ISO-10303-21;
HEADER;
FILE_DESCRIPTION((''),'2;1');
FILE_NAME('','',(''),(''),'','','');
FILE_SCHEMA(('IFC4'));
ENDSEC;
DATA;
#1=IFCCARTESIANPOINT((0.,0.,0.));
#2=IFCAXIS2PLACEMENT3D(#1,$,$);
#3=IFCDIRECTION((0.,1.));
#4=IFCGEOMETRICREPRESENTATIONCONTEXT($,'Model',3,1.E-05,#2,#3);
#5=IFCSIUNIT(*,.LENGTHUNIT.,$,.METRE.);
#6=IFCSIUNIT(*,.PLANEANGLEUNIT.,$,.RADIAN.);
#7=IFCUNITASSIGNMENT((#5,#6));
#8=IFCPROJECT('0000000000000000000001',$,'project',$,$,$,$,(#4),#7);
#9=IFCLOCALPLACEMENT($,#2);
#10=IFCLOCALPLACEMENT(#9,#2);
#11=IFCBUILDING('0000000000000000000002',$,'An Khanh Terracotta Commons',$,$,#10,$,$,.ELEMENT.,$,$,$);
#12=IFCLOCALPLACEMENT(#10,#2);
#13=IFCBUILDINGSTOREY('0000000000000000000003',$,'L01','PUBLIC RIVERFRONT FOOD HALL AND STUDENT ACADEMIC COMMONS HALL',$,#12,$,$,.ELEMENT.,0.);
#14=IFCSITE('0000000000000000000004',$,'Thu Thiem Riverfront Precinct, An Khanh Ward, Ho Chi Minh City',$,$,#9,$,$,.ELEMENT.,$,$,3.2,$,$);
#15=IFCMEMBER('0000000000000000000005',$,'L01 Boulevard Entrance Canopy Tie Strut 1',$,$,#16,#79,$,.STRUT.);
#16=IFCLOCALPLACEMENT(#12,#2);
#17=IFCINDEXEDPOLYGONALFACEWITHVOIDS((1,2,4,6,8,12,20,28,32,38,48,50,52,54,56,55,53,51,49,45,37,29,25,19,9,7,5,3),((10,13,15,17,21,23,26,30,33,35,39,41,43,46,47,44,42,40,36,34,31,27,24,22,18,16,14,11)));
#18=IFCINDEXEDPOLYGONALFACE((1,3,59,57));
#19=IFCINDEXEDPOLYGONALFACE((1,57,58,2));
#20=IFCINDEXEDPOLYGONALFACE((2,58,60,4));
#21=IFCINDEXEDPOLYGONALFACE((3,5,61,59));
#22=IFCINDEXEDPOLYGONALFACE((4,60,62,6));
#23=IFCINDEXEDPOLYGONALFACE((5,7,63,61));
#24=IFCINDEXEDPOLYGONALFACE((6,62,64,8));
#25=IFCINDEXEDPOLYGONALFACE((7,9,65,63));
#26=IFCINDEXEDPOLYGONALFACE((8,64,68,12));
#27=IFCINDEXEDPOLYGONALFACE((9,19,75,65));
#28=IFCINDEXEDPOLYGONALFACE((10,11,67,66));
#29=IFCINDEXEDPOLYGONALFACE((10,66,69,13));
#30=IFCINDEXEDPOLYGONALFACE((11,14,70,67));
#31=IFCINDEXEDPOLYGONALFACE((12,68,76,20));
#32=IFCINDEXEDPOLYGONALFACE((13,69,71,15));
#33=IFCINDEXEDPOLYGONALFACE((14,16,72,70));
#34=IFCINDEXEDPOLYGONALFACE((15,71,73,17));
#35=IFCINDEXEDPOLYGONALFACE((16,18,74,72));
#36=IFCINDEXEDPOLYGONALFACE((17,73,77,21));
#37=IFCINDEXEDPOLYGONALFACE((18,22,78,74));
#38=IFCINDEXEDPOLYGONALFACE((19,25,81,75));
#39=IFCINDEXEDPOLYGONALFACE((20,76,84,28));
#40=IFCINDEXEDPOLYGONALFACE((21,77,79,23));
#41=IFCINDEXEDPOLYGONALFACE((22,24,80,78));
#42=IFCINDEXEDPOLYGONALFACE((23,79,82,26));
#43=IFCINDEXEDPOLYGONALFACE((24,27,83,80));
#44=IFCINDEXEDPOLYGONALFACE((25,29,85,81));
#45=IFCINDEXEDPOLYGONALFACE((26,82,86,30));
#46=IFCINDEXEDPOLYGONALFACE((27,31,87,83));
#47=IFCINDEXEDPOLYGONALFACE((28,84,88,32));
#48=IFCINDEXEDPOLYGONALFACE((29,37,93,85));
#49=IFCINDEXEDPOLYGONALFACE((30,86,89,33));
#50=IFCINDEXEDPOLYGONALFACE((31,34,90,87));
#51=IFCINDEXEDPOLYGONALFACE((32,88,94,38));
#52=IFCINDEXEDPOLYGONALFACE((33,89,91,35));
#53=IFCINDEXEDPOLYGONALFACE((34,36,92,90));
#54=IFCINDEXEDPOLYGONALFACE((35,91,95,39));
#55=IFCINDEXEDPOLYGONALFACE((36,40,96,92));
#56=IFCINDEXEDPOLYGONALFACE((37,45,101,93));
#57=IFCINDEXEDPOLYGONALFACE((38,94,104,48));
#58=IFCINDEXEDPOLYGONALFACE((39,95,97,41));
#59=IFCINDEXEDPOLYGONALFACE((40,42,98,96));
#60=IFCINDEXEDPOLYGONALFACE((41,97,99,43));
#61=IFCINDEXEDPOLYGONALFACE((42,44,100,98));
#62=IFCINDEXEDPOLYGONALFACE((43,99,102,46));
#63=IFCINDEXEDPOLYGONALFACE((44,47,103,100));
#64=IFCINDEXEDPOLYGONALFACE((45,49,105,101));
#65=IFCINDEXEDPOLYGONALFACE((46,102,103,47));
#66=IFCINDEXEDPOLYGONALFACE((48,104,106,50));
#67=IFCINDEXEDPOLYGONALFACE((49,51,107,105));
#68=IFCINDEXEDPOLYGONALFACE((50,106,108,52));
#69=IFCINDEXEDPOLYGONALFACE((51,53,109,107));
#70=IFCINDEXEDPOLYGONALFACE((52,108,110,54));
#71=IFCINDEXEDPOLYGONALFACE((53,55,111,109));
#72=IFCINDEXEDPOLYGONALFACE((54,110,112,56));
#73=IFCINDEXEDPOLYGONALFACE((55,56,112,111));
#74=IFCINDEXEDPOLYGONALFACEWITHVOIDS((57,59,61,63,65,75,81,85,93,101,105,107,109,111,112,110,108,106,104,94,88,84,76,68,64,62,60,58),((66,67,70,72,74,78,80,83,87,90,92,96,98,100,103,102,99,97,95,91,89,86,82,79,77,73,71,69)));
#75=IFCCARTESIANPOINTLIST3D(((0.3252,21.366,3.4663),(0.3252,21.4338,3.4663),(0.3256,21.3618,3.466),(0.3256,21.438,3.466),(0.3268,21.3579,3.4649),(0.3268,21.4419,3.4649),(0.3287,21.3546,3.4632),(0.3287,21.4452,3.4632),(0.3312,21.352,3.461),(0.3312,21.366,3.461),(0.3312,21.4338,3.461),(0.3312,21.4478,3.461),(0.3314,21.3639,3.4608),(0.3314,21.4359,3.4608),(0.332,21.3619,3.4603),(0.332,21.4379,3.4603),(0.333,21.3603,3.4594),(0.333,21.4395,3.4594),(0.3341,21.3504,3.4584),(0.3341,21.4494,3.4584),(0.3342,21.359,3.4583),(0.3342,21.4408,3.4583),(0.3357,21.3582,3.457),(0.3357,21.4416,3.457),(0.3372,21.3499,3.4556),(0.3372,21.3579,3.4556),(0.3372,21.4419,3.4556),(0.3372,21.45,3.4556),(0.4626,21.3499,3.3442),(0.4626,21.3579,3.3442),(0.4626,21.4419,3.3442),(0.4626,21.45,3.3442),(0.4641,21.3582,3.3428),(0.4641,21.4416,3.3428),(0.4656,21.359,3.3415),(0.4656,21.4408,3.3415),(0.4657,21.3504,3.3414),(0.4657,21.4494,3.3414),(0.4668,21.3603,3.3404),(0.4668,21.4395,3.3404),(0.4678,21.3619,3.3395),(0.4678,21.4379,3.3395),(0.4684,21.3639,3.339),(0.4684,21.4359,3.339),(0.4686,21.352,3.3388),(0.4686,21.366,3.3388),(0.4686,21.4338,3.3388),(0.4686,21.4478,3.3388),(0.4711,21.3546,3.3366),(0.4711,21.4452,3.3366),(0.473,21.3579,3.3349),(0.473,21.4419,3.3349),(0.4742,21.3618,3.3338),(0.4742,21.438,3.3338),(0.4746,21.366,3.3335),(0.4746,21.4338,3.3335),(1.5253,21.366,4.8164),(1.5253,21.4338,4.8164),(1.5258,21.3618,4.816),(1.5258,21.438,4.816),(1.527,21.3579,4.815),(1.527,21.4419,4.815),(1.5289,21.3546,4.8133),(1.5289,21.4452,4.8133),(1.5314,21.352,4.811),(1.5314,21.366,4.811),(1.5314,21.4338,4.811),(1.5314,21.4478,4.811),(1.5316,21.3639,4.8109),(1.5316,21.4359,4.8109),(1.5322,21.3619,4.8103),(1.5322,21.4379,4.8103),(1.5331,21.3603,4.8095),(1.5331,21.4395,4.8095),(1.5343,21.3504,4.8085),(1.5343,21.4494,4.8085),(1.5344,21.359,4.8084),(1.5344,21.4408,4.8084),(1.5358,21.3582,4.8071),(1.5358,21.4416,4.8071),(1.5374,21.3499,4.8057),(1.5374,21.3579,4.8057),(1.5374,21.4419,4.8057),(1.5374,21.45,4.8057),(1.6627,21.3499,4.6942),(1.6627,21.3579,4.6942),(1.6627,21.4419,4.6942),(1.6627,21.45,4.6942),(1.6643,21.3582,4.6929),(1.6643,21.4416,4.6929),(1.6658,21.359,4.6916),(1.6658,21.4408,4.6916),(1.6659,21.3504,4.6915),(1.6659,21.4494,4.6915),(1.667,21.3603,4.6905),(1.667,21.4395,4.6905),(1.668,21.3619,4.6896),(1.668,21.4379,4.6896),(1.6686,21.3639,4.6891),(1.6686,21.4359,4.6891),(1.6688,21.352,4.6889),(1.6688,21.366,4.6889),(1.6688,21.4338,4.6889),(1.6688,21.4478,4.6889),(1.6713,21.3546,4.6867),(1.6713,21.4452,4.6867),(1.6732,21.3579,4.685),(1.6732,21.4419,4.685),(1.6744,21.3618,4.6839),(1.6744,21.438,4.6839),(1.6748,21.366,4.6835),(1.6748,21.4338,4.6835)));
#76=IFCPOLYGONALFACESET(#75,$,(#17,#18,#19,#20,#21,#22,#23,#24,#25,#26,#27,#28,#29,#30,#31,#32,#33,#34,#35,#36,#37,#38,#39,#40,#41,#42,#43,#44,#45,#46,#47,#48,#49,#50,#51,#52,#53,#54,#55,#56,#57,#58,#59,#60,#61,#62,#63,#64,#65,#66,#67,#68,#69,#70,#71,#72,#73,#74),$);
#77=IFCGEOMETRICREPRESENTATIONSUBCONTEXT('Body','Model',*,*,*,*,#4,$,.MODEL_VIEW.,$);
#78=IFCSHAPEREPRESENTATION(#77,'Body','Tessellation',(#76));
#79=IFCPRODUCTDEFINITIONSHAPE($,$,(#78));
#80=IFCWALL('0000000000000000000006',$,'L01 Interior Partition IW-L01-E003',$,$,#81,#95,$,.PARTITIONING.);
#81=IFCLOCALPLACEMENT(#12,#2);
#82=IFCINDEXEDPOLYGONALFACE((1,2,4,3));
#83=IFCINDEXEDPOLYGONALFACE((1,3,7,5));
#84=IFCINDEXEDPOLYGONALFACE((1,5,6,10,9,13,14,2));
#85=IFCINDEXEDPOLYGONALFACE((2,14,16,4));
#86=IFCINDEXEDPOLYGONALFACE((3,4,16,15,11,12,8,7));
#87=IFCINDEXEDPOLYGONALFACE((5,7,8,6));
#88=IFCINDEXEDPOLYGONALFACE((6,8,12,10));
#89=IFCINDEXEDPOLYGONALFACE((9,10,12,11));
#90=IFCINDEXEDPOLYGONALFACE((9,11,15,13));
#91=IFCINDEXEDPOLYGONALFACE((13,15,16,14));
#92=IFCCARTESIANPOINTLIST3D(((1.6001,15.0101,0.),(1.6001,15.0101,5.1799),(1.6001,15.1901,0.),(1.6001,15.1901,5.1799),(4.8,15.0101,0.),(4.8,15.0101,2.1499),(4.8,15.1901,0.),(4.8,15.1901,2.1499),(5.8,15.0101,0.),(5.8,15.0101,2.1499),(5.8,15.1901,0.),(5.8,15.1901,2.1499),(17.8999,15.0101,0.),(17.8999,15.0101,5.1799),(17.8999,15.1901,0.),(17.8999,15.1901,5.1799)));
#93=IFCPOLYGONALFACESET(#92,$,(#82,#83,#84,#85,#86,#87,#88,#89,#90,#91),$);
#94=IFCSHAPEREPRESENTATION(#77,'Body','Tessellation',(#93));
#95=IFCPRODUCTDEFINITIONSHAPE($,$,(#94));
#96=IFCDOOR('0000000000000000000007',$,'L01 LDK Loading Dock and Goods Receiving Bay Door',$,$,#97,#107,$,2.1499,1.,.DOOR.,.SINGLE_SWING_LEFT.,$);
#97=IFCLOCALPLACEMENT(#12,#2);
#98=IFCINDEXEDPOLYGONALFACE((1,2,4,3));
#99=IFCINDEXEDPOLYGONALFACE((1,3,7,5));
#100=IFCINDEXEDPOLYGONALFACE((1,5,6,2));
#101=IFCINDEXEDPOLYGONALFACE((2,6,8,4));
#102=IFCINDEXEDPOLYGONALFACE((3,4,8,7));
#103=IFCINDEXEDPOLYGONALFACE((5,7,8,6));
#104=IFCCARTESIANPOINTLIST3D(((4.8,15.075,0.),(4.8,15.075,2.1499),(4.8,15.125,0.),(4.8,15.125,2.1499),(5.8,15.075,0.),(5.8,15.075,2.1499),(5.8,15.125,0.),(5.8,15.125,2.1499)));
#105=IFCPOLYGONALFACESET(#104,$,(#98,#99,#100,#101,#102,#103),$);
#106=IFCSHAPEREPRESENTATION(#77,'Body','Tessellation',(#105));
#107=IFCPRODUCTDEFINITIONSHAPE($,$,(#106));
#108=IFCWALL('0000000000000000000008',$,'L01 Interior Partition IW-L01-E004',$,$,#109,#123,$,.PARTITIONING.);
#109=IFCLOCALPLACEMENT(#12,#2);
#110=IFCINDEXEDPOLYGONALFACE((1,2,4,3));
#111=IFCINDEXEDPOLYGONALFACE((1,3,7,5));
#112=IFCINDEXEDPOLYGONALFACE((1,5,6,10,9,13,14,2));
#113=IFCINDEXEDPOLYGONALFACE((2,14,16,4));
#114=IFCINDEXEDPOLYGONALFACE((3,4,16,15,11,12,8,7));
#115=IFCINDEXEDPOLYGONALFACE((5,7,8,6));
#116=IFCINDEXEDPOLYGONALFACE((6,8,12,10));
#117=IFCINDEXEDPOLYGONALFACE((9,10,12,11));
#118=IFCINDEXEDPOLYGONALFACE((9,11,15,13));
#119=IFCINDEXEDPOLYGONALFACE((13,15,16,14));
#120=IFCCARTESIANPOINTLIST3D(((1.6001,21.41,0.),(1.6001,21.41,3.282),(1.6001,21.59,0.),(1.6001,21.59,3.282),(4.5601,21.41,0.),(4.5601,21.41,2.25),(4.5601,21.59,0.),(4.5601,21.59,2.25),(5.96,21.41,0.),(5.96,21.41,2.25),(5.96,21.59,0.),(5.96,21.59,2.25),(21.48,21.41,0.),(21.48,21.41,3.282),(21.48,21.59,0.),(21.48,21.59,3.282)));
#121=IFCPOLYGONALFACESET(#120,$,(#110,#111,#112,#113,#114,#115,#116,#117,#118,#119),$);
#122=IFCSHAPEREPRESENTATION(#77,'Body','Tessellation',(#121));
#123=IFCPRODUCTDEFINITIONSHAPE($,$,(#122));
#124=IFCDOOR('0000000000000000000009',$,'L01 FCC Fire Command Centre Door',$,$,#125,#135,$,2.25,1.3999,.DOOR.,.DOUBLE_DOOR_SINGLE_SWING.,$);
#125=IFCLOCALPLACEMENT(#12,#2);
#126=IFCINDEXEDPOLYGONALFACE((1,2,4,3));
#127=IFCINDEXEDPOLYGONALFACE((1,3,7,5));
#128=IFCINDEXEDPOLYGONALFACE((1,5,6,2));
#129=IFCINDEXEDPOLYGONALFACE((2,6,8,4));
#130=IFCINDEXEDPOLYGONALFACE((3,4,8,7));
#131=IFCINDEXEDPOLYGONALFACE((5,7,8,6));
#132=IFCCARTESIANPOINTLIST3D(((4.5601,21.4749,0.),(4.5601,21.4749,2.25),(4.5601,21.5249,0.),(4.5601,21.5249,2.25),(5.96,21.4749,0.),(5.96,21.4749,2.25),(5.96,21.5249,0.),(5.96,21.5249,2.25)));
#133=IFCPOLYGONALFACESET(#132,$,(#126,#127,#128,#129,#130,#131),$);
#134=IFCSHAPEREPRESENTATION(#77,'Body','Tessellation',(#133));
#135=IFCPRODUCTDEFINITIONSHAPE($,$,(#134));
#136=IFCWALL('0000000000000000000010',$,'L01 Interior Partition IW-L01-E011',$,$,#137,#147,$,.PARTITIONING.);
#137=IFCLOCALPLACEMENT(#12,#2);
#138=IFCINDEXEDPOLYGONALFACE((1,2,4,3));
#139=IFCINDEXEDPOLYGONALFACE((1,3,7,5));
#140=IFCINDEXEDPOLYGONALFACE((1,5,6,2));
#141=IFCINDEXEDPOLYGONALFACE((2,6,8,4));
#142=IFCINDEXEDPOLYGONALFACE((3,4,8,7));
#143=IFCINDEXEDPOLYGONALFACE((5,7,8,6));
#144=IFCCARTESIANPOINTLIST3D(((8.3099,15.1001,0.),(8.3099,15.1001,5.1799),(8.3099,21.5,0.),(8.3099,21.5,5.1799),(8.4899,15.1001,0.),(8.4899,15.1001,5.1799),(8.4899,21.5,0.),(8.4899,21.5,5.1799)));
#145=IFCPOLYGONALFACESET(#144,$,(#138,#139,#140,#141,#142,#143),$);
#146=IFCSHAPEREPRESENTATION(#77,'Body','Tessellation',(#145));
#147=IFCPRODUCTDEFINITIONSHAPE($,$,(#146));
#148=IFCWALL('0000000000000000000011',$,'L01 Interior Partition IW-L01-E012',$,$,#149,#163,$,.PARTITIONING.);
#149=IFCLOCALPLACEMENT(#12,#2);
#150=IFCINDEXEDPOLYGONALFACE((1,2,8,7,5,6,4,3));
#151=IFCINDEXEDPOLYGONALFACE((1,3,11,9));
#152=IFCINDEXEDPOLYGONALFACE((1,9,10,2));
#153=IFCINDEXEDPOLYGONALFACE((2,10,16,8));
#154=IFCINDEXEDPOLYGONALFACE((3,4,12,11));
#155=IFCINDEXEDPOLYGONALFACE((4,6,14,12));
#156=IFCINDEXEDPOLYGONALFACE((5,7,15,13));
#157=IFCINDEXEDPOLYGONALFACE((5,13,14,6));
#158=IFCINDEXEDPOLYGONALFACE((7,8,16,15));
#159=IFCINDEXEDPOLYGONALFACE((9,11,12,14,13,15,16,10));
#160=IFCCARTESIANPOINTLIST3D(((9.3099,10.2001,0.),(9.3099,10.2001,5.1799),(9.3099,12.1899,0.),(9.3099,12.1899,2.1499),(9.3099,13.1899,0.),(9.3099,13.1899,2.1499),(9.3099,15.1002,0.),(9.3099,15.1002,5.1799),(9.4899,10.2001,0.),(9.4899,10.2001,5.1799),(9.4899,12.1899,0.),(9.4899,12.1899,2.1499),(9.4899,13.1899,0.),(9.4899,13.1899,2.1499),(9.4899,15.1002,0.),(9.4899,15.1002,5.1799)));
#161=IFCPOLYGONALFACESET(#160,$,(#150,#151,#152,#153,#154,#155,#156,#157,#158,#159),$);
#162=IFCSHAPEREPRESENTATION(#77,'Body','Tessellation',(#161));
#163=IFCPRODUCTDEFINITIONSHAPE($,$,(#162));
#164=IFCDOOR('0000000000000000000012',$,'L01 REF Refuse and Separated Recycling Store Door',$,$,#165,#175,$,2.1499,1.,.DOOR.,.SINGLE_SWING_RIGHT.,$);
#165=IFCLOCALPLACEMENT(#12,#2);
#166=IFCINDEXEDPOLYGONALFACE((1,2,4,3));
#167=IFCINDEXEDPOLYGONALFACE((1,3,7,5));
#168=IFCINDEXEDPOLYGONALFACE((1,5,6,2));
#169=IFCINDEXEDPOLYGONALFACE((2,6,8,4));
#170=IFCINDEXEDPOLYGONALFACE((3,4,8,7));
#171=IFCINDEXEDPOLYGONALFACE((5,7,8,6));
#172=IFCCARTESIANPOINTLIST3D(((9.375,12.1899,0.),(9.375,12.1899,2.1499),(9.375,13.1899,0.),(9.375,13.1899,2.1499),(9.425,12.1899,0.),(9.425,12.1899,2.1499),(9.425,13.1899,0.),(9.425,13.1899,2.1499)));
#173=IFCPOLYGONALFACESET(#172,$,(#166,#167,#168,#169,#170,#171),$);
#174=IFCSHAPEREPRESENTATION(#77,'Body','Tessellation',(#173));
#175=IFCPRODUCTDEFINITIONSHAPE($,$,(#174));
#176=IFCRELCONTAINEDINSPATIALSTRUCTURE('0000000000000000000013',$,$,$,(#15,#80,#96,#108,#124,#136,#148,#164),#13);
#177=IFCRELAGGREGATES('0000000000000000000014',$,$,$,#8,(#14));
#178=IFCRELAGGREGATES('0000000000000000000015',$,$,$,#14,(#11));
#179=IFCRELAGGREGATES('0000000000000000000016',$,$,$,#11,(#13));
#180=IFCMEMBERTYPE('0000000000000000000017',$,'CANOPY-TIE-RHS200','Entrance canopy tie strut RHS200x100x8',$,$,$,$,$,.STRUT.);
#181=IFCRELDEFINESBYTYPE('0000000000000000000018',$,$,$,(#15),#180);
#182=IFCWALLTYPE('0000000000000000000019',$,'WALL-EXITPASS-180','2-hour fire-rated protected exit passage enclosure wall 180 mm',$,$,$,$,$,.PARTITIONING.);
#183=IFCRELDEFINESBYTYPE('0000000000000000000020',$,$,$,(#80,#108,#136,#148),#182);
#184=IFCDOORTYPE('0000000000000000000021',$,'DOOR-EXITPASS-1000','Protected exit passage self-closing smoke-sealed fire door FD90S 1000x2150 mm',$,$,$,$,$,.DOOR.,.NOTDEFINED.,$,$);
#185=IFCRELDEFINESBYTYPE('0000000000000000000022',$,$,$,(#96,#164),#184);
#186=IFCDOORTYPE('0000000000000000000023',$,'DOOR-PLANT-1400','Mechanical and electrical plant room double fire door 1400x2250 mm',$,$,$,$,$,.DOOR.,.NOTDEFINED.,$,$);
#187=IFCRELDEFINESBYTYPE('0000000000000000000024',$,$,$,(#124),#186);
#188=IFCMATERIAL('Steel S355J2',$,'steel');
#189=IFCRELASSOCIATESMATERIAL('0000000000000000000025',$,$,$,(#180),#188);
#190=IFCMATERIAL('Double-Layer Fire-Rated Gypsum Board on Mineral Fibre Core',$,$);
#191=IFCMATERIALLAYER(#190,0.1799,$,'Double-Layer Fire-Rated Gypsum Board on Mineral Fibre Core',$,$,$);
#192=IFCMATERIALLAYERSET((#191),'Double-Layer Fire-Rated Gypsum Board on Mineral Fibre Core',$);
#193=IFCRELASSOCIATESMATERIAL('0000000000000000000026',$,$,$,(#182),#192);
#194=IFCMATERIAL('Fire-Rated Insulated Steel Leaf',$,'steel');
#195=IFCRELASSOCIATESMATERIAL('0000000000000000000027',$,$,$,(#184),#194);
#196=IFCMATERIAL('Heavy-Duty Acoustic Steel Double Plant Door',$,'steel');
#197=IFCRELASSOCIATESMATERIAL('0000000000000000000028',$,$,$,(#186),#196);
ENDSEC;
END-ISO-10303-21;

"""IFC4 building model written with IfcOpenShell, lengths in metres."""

from ifc_helpers import new_model, si_unit, direction, frame, frame_2d, origin, origin_2d, place, context, subcontext, project, spatial, rectangle, hollow_rectangle, extrude, material, layer, layer_set, material_profile, profile_set, type_object, element, fill, save


model = new_model("IFC4")

# Units and contexts
model_context = context("Model", 3, precision=1e-05, world=origin(), true_north=direction((0.0, 1.0)))
body_context = subcontext(model_context, "Body", "Model", "MODEL_VIEW")
ifc_project = project(units=[si_unit("LENGTHUNIT", "METRE"), si_unit("PLANEANGLEUNIT", "RADIAN")], contexts=[model_context])

# Site, building, storey
site_placement = place(None, origin())
site = spatial("IfcSite", under=ifc_project, at=site_placement, Name="Thu Thiem Riverfront Precinct, An Khanh Ward, Ho Chi Minh City", CompositionType="ELEMENT", RefElevation=3.2)
building_placement = place(site_placement, origin())
building = spatial("IfcBuilding", under=site, at=building_placement, Name="An Khanh Terracotta Commons", CompositionType="ELEMENT")
storey_placement = place(building_placement, origin())
storey = spatial("IfcBuildingStorey", under=building, at=storey_placement, Name="L01", Description="PUBLIC RIVERFRONT FOOD HALL AND STUDENT ACADEMIC COMMONS HALL", CompositionType="ELEMENT", Elevation=0.0)

# Shared definitions
ifc_material_1 = material(Name="Steel S355J2", Category="steel")

# Member
ifc_material_profile_1 = material_profile(ifc_material_1, hollow_rectangle(XDim=0.1001, YDim=0.2, WallThickness=0.0081, InnerFilletRadius=0.0081, OuterFilletRadius=0.0161, at=origin_2d()), Name="RHS200x100x8")
ifc_profile_set_1 = profile_set([ifc_material_profile_1], Name="Steel S355J2")
member_type = type_object("IfcMemberType", Name="CANOPY-TIE-RHS200", Description="Entrance canopy tie strut RHS200x100x8", PredefinedType="STRUT", material=ifc_profile_set_1)
member_placement = place(storey_placement, frame((0.3999, 21.3999, 3.3999), z_axis=(0.664397, 0.0, 0.747379), x_axis=(0.0, 1.0, 0.0)))
element("IfcMember", 1, at=member_placement, inside=storey, type_object=member_type, Name="L01 Boulevard Entrance Canopy Tie Strut 1", PredefinedType="STRUT", context=body_context, shape_type="SweptSolid", body=[
    extrude(hollow_rectangle(XDim=0.1001, YDim=0.2, WallThickness=0.0081, InnerFilletRadius=0.0081, OuterFilletRadius=0.0161, at=origin_2d()), origin(), (0.0, 0.0, 1.0), 1.8064),
])

# Walls, openings, doors
ifc_material_2 = material(Name="Double-Layer Fire-Rated Gypsum Board on Mineral Fibre Core")
ifc_layer_1 = layer(ifc_material_2, 0.1799, Name="Double-Layer Fire-Rated Gypsum Board on Mineral Fibre Core")
ifc_layer_set_1 = layer_set([ifc_layer_1], Name="Double-Layer Fire-Rated Gypsum Board on Mineral Fibre Core")
wall_type = type_object("IfcWallType", Name="WALL-EXITPASS-180", Description="2-hour fire-rated protected exit passage enclosure wall 180 mm", PredefinedType="PARTITIONING", material=ifc_layer_set_1)
wall_1_placement = place(storey_placement, frame((1.6001, 15.1001, 0.0), z_axis=(0.0, 0.0, 1.0), x_axis=(1.0, 0.0, 0.0)))
wall_1 = element("IfcWall", 2, at=wall_1_placement, inside=storey, type_object=wall_type, Name="L01 Interior Partition IW-L01-E003", PredefinedType="PARTITIONING", context=body_context, shape_type="SweptSolid", body=[
    extrude(rectangle(XDim=16.2998, YDim=0.1799, at=frame_2d((8.1499, 0.0))), origin(), (0.0, 0.0, 1.0), 5.1799),
])
opening_1_placement = place(wall_1_placement, frame((3.2, 0.0, 0.0)))
opening_1 = element("IfcOpeningElement", 3, at=opening_1_placement, cuts=wall_1, PredefinedType="OPENING", context=body_context, shape_type="SweptSolid", body=[
    extrude(rectangle(XDim=1.0, YDim=2.1499, at=frame_2d((0.5, 1.075))), frame((0.0, 0.0999, 0.0), z_axis=(0.0, -1.0, 0.0), x_axis=(1.0, 0.0, 0.0)), (0.0, 0.0, 1.0), 0.2),
])
ifc_material_3 = material(Name="Fire-Rated Insulated Steel Leaf", Category="steel")
door_type_1 = type_object("IfcDoorType", Name="DOOR-EXITPASS-1000", Description="Protected exit passage self-closing smoke-sealed fire door FD90S 1000x2150 mm", OperationType="NOTDEFINED", PredefinedType="DOOR", material=ifc_material_3)
door_1_placement = place(opening_1_placement, origin())
door_1 = element("IfcDoor", 4, at=door_1_placement, inside=storey, type_object=door_type_1, Name="L01 LDK Loading Dock and Goods Receiving Bay Door", OperationType="SINGLE_SWING_LEFT", OverallHeight=2.1499, OverallWidth=1.0, PredefinedType="DOOR", context=body_context, shape_type="SweptSolid", body=[
    extrude(rectangle(XDim=1.0, YDim=2.1499, at=frame_2d((0.5, 1.075))), frame((0.0, 0.0249, 0.0), z_axis=(0.0, -1.0, 0.0), x_axis=(1.0, 0.0, 0.0)), (0.0, 0.0, 1.0), 0.05),
])
fill(opening_1, door_1)
wall_2_placement = place(storey_placement, frame((1.6001, 21.5, 0.0), z_axis=(0.0, 0.0, 1.0), x_axis=(1.0, 0.0, 0.0)))
wall_2 = element("IfcWall", 5, at=wall_2_placement, inside=storey, type_object=wall_type, Name="L01 Interior Partition IW-L01-E004", PredefinedType="PARTITIONING", context=body_context, shape_type="SweptSolid", body=[
    extrude(rectangle(XDim=19.8799, YDim=0.1799, at=frame_2d((9.9399, 0.0))), origin(), (0.0, 0.0, 1.0), 3.282),
])
opening_2_placement = place(wall_2_placement, frame((2.96, 0.0, 0.0)))
opening_2 = element("IfcOpeningElement", 6, at=opening_2_placement, cuts=wall_2, PredefinedType="OPENING", context=body_context, shape_type="SweptSolid", body=[
    extrude(rectangle(XDim=1.3999, YDim=2.25, at=frame_2d((0.7, 1.125))), frame((0.0, 0.0999, 0.0), z_axis=(0.0, -1.0, 0.0), x_axis=(1.0, 0.0, 0.0)), (0.0, 0.0, 1.0), 0.2),
])
ifc_material_4 = material(Name="Heavy-Duty Acoustic Steel Double Plant Door", Category="steel")
door_type_2 = type_object("IfcDoorType", Name="DOOR-PLANT-1400", Description="Mechanical and electrical plant room double fire door 1400x2250 mm", OperationType="NOTDEFINED", PredefinedType="DOOR", material=ifc_material_4)
door_2_placement = place(opening_2_placement, origin())
door_2 = element("IfcDoor", 7, at=door_2_placement, inside=storey, type_object=door_type_2, Name="L01 FCC Fire Command Centre Door", OperationType="DOUBLE_DOOR_SINGLE_SWING", OverallHeight=2.25, OverallWidth=1.3999, PredefinedType="DOOR", context=body_context, shape_type="SweptSolid", body=[
    extrude(rectangle(XDim=1.3999, YDim=2.25, at=frame_2d((0.7, 1.125))), frame((0.0, 0.0249, 0.0), z_axis=(0.0, -1.0, 0.0), x_axis=(1.0, 0.0, 0.0)), (0.0, 0.0, 1.0), 0.05),
])
fill(opening_2, door_2)

# Wall
wall_3_placement = place(storey_placement, frame((8.3999, 15.1001, 0.0), z_axis=(0.0, 0.0, 1.0), x_axis=(0.0, 1.0, 0.0)))
element("IfcWall", 8, at=wall_3_placement, inside=storey, type_object=wall_type, Name="L01 Interior Partition IW-L01-E011", PredefinedType="PARTITIONING", context=body_context, shape_type="SweptSolid", body=[
    extrude(rectangle(XDim=6.3999, YDim=0.1799, at=frame_2d((3.2, 0.0))), origin(), (0.0, 0.0, 1.0), 5.1799),
])

# Wall, opening, door
wall_4_placement = place(storey_placement, frame((9.3999, 10.2, 0.0), z_axis=(0.0, 0.0, 1.0), x_axis=(0.0, 1.0, 0.0)))
wall_4 = element("IfcWall", 9, at=wall_4_placement, inside=storey, type_object=wall_type, Name="L01 Interior Partition IW-L01-E012", PredefinedType="PARTITIONING", context=body_context, shape_type="SweptSolid", body=[
    extrude(rectangle(XDim=4.9001, YDim=0.1799, at=frame_2d((2.4502, 0.0))), origin(), (0.0, 0.0, 1.0), 5.1799),
])
opening_3_placement = place(wall_4_placement, frame((1.99, 0.0, 0.0)))
opening_3 = element("IfcOpeningElement", 10, at=opening_3_placement, cuts=wall_4, PredefinedType="OPENING", context=body_context, shape_type="SweptSolid", body=[
    extrude(rectangle(XDim=1.0, YDim=2.1499, at=frame_2d((0.5, 1.075))), frame((0.0, 0.0999, 0.0), z_axis=(0.0, -1.0, 0.0), x_axis=(1.0, 0.0, 0.0)), (0.0, 0.0, 1.0), 0.2),
])
door_3_placement = place(opening_3_placement, origin())
door_3 = element("IfcDoor", 11, at=door_3_placement, inside=storey, type_object=door_type_1, Name="L01 REF Refuse and Separated Recycling Store Door", OperationType="SINGLE_SWING_RIGHT", OverallHeight=2.1499, OverallWidth=1.0, PredefinedType="DOOR", context=body_context, shape_type="SweptSolid", body=[
    extrude(rectangle(XDim=1.0, YDim=2.1499, at=frame_2d((0.5, 1.075))), frame((0.0, 0.0249, 0.0), z_axis=(0.0, -1.0, 0.0), x_axis=(1.0, 0.0, 0.0)), (0.0, 0.0, 1.0), 0.05),
])
fill(opening_3, door_3)

save(model, "model.ifc")
